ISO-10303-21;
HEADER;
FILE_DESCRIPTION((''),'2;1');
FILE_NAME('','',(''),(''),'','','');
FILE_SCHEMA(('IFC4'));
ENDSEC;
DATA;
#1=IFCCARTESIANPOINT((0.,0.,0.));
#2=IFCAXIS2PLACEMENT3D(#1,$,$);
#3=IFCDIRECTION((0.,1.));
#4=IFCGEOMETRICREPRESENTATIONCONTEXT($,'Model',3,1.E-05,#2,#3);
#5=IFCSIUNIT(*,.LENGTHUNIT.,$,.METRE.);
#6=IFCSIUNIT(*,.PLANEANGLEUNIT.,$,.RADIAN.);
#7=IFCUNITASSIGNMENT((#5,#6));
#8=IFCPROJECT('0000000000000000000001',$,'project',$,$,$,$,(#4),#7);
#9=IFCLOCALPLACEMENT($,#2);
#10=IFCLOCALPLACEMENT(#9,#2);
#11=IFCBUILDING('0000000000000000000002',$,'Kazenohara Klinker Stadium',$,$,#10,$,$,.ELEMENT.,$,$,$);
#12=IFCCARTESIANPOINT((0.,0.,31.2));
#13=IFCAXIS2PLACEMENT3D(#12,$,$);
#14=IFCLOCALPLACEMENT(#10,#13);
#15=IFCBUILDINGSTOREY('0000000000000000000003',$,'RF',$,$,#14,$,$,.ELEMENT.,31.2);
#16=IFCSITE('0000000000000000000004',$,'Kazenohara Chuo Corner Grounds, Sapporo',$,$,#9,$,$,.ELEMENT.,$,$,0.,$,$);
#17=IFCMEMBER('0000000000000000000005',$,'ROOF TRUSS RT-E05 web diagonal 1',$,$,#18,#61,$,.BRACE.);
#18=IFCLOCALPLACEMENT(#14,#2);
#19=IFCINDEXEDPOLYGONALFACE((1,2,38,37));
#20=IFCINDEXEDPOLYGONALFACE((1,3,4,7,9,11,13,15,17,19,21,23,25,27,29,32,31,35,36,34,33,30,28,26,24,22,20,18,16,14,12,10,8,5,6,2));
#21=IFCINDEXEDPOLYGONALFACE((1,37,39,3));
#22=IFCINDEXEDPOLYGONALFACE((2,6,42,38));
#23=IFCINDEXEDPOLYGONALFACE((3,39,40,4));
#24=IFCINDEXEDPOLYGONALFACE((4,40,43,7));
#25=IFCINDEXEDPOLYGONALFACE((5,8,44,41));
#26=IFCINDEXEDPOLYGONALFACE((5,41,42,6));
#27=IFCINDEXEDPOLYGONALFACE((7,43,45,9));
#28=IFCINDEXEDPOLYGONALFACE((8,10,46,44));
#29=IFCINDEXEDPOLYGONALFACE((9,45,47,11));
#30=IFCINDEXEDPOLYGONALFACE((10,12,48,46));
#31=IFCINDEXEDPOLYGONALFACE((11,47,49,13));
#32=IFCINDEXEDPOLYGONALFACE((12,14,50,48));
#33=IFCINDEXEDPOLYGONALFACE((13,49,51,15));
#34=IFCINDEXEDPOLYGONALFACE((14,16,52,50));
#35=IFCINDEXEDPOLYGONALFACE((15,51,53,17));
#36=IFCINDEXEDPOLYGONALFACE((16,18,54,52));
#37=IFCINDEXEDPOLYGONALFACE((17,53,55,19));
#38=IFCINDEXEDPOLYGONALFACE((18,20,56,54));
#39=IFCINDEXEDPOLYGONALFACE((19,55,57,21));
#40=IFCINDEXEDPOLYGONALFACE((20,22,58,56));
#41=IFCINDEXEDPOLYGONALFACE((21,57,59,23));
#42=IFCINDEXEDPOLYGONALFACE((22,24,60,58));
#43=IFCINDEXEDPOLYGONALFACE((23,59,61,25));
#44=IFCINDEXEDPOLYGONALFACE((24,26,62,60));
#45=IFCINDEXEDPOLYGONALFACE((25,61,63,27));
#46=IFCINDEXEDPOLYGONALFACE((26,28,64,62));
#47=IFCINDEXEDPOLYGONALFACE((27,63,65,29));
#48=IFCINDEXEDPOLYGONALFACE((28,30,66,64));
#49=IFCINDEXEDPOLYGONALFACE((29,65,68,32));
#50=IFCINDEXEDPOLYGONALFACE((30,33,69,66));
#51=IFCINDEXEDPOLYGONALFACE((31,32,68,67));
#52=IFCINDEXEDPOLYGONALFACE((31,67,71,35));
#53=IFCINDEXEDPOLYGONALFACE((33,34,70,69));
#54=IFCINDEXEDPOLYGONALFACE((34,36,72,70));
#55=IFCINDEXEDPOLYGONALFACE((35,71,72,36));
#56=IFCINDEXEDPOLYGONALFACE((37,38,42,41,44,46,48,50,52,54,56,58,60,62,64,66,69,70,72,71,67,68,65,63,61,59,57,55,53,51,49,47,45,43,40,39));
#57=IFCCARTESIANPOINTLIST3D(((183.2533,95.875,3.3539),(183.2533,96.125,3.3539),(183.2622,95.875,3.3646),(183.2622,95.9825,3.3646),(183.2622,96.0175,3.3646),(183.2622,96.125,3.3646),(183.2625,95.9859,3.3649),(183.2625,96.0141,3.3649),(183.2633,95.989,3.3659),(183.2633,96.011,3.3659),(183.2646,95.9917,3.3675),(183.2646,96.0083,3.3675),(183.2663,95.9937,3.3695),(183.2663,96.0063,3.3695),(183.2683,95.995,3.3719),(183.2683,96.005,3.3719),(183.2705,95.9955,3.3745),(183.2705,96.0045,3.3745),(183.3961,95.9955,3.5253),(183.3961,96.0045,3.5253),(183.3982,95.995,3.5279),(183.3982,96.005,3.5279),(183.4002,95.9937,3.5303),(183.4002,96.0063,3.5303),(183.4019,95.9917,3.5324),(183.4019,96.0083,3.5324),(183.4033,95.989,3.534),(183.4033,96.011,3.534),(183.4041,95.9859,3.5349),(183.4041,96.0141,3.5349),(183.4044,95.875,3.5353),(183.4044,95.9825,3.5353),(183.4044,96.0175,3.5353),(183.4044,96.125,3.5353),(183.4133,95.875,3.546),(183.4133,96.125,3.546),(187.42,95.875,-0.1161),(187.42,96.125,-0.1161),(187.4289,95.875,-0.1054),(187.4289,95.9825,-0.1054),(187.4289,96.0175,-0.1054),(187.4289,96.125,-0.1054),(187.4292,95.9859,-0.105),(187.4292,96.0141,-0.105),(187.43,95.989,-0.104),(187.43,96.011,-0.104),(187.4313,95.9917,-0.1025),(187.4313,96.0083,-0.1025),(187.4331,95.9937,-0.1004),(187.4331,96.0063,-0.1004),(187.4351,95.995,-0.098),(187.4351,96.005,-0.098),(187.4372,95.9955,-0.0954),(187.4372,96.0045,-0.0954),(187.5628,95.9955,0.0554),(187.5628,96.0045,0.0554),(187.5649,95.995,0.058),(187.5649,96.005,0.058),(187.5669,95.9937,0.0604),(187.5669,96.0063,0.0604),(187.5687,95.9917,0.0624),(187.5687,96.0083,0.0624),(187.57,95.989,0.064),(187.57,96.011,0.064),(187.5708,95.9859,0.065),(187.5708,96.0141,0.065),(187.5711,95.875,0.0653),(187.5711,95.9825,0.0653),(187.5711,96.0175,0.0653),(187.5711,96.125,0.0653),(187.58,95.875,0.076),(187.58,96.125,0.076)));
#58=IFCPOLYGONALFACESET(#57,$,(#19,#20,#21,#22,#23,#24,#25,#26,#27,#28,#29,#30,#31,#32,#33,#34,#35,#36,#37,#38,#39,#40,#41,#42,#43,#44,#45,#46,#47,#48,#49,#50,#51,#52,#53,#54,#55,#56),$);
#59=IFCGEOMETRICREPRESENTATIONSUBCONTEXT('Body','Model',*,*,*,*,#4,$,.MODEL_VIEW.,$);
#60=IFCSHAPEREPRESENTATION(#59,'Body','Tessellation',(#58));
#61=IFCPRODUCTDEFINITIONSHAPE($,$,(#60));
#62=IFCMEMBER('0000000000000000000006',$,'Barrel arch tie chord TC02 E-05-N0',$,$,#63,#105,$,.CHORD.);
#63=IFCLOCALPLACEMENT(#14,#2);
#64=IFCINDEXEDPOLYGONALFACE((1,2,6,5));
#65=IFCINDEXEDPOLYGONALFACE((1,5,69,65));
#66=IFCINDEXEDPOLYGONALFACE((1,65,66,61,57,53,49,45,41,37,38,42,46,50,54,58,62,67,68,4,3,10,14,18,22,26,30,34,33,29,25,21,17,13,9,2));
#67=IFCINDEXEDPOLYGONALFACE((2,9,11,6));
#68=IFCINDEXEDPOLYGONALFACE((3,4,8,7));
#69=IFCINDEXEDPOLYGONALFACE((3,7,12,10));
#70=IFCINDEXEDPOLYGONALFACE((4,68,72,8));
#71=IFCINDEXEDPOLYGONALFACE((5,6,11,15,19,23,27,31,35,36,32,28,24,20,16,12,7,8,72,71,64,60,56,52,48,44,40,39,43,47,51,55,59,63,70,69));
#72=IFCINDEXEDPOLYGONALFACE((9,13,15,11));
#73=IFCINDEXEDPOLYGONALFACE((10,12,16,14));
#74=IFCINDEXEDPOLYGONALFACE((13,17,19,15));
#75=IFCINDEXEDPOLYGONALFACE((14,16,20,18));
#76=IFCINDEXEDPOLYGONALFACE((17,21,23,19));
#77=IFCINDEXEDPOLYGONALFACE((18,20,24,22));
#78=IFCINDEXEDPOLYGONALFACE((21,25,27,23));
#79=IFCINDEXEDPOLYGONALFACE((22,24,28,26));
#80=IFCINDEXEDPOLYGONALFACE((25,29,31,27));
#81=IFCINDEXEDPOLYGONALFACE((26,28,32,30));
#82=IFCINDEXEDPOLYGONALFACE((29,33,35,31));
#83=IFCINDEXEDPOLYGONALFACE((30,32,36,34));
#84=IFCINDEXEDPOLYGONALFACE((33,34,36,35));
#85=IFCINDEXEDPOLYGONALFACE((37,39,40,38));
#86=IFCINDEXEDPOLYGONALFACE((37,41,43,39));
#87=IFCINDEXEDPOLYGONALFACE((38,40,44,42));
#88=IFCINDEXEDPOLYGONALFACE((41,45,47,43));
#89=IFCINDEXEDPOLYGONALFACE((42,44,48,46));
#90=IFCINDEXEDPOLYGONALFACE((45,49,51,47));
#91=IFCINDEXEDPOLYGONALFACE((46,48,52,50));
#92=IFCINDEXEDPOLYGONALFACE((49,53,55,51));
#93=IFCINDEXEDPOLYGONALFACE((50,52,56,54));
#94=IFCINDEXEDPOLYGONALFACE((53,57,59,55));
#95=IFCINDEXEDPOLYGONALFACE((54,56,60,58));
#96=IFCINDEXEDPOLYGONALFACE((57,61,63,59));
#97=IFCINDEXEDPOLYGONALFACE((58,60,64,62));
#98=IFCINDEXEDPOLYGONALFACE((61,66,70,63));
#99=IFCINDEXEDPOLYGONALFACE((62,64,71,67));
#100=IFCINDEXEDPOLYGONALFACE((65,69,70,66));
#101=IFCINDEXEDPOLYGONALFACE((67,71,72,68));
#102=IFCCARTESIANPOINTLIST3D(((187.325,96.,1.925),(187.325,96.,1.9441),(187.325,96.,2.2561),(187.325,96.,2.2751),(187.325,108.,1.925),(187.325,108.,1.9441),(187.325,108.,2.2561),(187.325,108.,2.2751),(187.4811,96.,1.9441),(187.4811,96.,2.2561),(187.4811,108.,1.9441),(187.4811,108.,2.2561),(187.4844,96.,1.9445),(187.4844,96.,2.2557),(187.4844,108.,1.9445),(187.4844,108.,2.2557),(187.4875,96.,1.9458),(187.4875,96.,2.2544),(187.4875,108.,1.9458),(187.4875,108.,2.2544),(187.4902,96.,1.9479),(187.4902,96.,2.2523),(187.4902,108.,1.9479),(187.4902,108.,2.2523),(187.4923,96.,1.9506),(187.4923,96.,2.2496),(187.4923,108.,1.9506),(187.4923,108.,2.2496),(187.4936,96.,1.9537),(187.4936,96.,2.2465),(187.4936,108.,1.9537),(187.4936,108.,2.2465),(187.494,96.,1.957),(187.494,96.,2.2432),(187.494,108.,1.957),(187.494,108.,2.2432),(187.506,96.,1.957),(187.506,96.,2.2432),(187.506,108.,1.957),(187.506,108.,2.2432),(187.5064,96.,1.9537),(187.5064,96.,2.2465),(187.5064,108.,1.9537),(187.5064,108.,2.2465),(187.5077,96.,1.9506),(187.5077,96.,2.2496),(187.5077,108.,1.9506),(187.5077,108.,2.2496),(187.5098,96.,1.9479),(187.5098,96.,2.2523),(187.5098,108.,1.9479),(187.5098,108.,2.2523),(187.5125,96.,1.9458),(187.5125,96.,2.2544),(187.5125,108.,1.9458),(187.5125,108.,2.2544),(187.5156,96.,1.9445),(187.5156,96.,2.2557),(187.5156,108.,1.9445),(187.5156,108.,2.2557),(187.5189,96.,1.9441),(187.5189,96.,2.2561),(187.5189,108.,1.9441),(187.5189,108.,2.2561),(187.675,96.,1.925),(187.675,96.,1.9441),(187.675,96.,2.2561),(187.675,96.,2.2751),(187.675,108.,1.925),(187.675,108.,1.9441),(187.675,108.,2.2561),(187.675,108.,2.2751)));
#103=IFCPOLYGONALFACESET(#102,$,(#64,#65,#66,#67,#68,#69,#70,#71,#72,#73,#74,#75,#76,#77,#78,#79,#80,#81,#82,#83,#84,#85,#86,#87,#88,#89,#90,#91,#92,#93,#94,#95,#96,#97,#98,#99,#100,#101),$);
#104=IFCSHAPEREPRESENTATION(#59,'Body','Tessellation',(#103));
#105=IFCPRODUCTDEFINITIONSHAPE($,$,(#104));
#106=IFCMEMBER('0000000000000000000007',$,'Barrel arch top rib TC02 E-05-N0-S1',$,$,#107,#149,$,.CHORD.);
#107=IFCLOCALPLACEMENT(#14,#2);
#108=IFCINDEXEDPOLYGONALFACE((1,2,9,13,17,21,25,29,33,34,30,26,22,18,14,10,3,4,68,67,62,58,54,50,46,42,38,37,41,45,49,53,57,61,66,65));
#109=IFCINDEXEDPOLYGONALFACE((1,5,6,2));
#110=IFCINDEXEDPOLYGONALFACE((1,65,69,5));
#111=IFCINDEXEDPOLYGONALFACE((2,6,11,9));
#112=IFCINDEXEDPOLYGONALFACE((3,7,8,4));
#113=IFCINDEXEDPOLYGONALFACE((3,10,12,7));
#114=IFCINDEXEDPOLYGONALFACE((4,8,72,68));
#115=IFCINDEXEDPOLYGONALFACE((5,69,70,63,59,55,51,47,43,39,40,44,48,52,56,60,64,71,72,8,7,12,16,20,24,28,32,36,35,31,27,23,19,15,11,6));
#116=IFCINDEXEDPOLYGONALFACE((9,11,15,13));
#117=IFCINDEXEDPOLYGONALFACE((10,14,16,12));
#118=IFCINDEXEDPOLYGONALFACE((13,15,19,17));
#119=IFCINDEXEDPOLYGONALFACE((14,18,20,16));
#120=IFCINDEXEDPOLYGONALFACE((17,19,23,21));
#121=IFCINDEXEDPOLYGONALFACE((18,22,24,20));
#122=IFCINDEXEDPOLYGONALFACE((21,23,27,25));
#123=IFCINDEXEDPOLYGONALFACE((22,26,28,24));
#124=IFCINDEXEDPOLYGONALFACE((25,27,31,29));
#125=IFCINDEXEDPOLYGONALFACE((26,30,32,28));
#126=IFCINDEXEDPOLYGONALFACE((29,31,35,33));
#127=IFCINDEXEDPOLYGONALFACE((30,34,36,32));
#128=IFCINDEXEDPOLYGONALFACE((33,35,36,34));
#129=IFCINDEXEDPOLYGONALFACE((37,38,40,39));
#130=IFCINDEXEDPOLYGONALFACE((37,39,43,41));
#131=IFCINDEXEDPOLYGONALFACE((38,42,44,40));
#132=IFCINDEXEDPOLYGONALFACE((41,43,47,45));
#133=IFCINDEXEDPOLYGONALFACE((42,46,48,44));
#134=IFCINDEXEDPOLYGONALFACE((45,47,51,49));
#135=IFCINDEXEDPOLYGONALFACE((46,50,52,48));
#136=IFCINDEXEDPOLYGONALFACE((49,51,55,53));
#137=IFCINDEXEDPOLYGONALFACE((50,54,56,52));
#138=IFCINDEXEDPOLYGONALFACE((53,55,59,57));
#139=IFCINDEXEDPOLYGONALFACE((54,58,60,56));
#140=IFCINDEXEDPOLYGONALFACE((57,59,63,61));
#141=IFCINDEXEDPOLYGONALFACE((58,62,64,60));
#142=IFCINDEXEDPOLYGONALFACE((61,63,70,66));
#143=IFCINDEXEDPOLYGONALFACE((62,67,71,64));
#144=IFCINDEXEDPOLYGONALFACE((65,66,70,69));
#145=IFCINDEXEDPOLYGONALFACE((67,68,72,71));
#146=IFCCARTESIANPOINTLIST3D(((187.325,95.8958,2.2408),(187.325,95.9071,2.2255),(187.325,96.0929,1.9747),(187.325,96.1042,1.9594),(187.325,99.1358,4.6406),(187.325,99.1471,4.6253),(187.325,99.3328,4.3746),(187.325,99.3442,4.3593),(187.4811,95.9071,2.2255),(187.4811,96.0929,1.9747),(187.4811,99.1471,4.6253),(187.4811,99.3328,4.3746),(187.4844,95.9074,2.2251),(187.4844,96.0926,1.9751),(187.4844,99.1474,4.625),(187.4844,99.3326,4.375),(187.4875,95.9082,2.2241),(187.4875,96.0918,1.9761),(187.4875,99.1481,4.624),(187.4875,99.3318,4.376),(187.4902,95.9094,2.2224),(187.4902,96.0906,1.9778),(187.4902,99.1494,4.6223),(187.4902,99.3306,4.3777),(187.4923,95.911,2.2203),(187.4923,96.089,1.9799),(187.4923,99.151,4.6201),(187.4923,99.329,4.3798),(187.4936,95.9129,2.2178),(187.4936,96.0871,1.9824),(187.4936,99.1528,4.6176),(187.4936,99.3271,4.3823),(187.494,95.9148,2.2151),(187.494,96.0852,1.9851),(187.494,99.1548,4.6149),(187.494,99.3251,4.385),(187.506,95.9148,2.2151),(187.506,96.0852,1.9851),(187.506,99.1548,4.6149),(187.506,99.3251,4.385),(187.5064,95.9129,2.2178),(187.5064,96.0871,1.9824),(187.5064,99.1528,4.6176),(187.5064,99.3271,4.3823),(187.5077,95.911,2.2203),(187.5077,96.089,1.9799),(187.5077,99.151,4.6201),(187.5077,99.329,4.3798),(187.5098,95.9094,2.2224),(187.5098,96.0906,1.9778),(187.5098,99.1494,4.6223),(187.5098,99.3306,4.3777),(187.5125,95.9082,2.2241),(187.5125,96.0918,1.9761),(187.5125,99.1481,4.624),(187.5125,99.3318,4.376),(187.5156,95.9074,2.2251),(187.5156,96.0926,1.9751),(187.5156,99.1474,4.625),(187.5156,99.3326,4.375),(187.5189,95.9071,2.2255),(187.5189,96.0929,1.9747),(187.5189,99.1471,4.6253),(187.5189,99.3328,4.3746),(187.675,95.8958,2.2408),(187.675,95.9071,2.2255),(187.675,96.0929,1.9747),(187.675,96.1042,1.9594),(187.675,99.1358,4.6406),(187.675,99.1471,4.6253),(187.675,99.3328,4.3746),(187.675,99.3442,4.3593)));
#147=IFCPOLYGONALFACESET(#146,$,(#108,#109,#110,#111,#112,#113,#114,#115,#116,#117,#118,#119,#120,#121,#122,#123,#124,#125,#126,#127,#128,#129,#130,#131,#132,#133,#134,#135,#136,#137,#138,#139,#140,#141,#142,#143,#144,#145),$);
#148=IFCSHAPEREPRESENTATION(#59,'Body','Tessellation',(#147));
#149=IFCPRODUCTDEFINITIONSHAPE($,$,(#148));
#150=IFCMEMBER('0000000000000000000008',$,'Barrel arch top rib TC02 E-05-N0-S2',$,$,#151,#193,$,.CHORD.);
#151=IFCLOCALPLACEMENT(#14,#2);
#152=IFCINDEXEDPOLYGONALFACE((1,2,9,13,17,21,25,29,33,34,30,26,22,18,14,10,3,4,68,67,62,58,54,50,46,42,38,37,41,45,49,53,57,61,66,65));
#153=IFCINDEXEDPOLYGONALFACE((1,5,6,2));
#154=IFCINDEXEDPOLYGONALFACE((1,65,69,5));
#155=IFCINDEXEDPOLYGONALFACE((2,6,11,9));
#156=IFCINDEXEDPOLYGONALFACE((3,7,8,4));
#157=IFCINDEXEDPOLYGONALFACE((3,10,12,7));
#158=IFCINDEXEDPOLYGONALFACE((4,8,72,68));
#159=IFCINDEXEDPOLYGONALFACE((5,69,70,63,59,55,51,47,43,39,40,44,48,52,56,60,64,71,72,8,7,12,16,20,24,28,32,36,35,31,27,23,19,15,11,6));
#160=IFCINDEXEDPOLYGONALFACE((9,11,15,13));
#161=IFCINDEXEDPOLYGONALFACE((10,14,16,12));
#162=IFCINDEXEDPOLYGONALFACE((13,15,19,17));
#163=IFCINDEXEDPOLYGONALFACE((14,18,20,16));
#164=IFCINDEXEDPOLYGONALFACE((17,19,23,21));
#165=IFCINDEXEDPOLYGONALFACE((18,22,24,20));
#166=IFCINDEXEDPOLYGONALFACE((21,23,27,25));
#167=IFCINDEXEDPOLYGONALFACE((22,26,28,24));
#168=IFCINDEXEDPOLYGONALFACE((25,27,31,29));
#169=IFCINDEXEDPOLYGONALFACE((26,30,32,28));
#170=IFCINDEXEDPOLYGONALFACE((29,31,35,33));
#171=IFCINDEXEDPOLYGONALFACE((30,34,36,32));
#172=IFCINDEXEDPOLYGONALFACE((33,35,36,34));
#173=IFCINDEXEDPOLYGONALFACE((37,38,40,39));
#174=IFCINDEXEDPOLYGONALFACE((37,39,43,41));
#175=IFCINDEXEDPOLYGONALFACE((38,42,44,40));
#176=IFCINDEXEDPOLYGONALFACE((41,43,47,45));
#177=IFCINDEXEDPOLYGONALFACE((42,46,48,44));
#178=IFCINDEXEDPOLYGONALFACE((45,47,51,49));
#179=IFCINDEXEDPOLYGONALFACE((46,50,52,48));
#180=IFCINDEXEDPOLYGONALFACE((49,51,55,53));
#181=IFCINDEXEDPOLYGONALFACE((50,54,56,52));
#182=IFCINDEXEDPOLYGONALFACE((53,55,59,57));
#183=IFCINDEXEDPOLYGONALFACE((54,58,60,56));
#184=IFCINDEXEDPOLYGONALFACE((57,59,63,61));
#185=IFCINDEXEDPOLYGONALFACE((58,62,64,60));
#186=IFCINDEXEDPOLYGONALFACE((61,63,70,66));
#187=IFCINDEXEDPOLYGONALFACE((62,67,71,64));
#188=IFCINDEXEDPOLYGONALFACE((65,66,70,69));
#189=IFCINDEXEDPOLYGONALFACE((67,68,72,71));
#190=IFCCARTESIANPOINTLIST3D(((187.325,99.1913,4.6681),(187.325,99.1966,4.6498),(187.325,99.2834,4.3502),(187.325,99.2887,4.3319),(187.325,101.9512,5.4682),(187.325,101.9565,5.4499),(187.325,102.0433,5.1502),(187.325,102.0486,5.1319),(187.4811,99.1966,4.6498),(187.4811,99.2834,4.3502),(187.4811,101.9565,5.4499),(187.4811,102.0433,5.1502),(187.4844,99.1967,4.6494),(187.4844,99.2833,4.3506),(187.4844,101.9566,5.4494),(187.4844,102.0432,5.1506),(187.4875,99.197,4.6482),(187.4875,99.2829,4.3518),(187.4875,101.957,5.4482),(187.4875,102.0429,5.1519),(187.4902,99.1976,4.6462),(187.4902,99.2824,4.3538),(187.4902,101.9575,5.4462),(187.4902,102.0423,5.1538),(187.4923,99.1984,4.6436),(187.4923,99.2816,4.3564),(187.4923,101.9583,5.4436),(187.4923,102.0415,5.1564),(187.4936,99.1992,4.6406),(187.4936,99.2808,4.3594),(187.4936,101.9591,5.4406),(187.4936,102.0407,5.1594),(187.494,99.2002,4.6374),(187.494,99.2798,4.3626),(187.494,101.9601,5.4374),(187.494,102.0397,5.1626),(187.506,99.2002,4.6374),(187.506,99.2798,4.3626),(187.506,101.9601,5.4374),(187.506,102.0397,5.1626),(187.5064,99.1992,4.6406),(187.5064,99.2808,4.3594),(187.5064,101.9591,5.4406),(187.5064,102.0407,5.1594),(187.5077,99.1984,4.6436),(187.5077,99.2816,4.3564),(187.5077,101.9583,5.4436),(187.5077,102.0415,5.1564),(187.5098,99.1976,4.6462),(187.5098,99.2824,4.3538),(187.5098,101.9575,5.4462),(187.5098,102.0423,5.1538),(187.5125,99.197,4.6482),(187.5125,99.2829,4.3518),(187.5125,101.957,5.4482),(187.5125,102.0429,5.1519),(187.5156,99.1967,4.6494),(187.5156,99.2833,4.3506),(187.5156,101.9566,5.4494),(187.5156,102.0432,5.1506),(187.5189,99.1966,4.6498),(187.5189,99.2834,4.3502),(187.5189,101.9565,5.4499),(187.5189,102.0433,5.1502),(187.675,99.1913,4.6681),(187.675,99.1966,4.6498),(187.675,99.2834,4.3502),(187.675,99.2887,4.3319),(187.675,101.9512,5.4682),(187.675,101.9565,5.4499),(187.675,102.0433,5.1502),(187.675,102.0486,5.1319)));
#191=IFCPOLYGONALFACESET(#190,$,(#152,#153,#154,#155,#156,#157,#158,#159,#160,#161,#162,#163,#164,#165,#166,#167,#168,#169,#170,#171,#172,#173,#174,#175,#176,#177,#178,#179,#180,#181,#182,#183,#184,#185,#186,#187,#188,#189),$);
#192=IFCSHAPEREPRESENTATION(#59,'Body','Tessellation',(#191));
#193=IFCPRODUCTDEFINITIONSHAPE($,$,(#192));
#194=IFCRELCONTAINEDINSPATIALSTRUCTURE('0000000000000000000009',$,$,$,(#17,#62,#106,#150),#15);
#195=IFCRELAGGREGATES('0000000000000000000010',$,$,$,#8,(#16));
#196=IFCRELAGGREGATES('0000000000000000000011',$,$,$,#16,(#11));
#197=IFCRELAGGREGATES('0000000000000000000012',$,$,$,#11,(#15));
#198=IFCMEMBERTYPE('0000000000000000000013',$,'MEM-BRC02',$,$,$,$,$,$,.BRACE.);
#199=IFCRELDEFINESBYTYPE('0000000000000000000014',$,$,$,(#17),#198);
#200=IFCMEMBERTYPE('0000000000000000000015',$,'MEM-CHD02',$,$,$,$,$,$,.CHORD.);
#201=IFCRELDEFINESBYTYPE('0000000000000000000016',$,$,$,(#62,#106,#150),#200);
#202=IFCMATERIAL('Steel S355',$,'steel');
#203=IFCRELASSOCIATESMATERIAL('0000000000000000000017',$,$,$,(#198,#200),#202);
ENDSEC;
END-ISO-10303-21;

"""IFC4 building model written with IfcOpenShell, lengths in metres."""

from ifc_helpers import new_model, si_unit, direction, frame, origin, origin_2d, place, context, subcontext, project, spatial, i_section, extrude, material, material_profile, profile_set, type_object, element, save


model = new_model("IFC4")

# Units and contexts
model_context = context("Model", 3, precision=1e-05, world=origin(), true_north=direction((0.0, 1.0)))
body_context = subcontext(model_context, "Body", "Model", "MODEL_VIEW")
ifc_project = project(units=[si_unit("LENGTHUNIT", "METRE"), si_unit("PLANEANGLEUNIT", "RADIAN")], contexts=[model_context])

# Site, building, storey
site_placement = place(None, origin())
site = spatial("IfcSite", under=ifc_project, at=site_placement, Name="Kazenohara Chuo Corner Grounds, Sapporo", CompositionType="ELEMENT", RefElevation=0.0)
building_placement = place(site_placement, origin())
building = spatial("IfcBuilding", under=site, at=building_placement, Name="Kazenohara Klinker Stadium", CompositionType="ELEMENT")
storey_placement = place(building_placement, frame((0.0, 0.0, 31.2)))
storey = spatial("IfcBuildingStorey", under=building, at=storey_placement, Name="RF", CompositionType="ELEMENT", Elevation=31.2)

# Members
ifc_material_1 = material(Name="Steel S355", Category="steel")
ifc_material_profile_1 = material_profile(ifc_material_1, i_section(OverallWidth=0.25, OverallDepth=0.25, WebThickness=0.009, FlangeThickness=0.0139, FilletRadius=0.0129, at=origin_2d()), Name="H-250x250x9x14")
ifc_profile_set_1 = profile_set([ifc_material_profile_1], Name="Steel S355")
member_type_1 = type_object("IfcMemberType", Name="MEM-BRC02", PredefinedType="BRACE", material=ifc_profile_set_1)
member_1_placement = place(storey_placement, frame((187.5, 96.0, -0.02), z_axis=(-0.768432, 0.0, 0.639932), x_axis=(0.0, -1.0, 0.0)))
element("IfcMember", 1, at=member_1_placement, inside=storey, type_object=member_type_1, Name="ROOF TRUSS RT-E05 web diagonal 1", PredefinedType="BRACE", context=body_context, shape_type="SweptSolid", body=[
    extrude(i_section(OverallWidth=0.25, OverallDepth=0.25, WebThickness=0.009, FlangeThickness=0.0139, FilletRadius=0.0129, at=origin_2d()), origin(), (0.0, 0.0, 1.0), 5.4224),
])
ifc_material_profile_2 = material_profile(ifc_material_1, i_section(OverallWidth=0.3501, OverallDepth=0.3501, WebThickness=0.012, FlangeThickness=0.019, FilletRadius=0.0129, at=origin_2d()), Name="H-350x350x12x19")
ifc_profile_set_2 = profile_set([ifc_material_profile_2], Name="Steel S355")
member_type_2 = type_object("IfcMemberType", Name="MEM-CHD02", PredefinedType="CHORD", material=ifc_profile_set_2)
member_2_placement = place(storey_placement, frame((187.5, 96.0, 2.1001), z_axis=(0.0, 1.0, 0.0), x_axis=(-1.0, 0.0, 0.0)))
element("IfcMember", 2, at=member_2_placement, inside=storey, type_object=member_type_2, Name="Barrel arch tie chord TC02 E-05-N0", PredefinedType="CHORD", context=body_context, shape_type="SweptSolid", body=[
    extrude(i_section(OverallWidth=0.3501, OverallDepth=0.3501, WebThickness=0.012, FlangeThickness=0.019, FilletRadius=0.0129, at=origin_2d()), origin(), (0.0, 0.0, 1.0), 12.0),
])
member_3_placement = place(storey_placement, frame((187.5, 96.0, 2.1001), z_axis=(0.0, 0.803568, 0.595213), x_axis=(-1.0, 0.0, 0.0)))
element("IfcMember", 3, at=member_3_placement, inside=storey, type_object=member_type_2, Name="Barrel arch top rib TC02 E-05-N0-S1", PredefinedType="CHORD", context=body_context, shape_type="SweptSolid", body=[
    extrude(i_section(OverallWidth=0.3501, OverallDepth=0.3501, WebThickness=0.012, FlangeThickness=0.019, FilletRadius=0.0129, at=origin_2d()), origin(), (0.0, 0.0, 1.0), 4.032),
])
for number, where, z_axis, x_axis, name in (
    (4, (187.5, 99.24, 4.5), (0.0, 0.960462, 0.278411), (-1.0, 0.0, 0.0), "Barrel arch top rib TC02 E-05-N0-S2"),
):
    element("IfcMember", number, at=place(storey_placement, frame(where, z_axis=z_axis, x_axis=x_axis)), inside=storey, type_object=member_type_2, Name=name, PredefinedType="CHORD", context=body_context, shape_type="SweptSolid", body=[
        extrude(i_section(OverallWidth=0.3501, OverallDepth=0.3501, WebThickness=0.012, FlangeThickness=0.019, FilletRadius=0.0129, at=origin_2d()), origin(), (0.0, 0.0, 1.0), 2.8735),
    ])

save(model, "model.ifc")
